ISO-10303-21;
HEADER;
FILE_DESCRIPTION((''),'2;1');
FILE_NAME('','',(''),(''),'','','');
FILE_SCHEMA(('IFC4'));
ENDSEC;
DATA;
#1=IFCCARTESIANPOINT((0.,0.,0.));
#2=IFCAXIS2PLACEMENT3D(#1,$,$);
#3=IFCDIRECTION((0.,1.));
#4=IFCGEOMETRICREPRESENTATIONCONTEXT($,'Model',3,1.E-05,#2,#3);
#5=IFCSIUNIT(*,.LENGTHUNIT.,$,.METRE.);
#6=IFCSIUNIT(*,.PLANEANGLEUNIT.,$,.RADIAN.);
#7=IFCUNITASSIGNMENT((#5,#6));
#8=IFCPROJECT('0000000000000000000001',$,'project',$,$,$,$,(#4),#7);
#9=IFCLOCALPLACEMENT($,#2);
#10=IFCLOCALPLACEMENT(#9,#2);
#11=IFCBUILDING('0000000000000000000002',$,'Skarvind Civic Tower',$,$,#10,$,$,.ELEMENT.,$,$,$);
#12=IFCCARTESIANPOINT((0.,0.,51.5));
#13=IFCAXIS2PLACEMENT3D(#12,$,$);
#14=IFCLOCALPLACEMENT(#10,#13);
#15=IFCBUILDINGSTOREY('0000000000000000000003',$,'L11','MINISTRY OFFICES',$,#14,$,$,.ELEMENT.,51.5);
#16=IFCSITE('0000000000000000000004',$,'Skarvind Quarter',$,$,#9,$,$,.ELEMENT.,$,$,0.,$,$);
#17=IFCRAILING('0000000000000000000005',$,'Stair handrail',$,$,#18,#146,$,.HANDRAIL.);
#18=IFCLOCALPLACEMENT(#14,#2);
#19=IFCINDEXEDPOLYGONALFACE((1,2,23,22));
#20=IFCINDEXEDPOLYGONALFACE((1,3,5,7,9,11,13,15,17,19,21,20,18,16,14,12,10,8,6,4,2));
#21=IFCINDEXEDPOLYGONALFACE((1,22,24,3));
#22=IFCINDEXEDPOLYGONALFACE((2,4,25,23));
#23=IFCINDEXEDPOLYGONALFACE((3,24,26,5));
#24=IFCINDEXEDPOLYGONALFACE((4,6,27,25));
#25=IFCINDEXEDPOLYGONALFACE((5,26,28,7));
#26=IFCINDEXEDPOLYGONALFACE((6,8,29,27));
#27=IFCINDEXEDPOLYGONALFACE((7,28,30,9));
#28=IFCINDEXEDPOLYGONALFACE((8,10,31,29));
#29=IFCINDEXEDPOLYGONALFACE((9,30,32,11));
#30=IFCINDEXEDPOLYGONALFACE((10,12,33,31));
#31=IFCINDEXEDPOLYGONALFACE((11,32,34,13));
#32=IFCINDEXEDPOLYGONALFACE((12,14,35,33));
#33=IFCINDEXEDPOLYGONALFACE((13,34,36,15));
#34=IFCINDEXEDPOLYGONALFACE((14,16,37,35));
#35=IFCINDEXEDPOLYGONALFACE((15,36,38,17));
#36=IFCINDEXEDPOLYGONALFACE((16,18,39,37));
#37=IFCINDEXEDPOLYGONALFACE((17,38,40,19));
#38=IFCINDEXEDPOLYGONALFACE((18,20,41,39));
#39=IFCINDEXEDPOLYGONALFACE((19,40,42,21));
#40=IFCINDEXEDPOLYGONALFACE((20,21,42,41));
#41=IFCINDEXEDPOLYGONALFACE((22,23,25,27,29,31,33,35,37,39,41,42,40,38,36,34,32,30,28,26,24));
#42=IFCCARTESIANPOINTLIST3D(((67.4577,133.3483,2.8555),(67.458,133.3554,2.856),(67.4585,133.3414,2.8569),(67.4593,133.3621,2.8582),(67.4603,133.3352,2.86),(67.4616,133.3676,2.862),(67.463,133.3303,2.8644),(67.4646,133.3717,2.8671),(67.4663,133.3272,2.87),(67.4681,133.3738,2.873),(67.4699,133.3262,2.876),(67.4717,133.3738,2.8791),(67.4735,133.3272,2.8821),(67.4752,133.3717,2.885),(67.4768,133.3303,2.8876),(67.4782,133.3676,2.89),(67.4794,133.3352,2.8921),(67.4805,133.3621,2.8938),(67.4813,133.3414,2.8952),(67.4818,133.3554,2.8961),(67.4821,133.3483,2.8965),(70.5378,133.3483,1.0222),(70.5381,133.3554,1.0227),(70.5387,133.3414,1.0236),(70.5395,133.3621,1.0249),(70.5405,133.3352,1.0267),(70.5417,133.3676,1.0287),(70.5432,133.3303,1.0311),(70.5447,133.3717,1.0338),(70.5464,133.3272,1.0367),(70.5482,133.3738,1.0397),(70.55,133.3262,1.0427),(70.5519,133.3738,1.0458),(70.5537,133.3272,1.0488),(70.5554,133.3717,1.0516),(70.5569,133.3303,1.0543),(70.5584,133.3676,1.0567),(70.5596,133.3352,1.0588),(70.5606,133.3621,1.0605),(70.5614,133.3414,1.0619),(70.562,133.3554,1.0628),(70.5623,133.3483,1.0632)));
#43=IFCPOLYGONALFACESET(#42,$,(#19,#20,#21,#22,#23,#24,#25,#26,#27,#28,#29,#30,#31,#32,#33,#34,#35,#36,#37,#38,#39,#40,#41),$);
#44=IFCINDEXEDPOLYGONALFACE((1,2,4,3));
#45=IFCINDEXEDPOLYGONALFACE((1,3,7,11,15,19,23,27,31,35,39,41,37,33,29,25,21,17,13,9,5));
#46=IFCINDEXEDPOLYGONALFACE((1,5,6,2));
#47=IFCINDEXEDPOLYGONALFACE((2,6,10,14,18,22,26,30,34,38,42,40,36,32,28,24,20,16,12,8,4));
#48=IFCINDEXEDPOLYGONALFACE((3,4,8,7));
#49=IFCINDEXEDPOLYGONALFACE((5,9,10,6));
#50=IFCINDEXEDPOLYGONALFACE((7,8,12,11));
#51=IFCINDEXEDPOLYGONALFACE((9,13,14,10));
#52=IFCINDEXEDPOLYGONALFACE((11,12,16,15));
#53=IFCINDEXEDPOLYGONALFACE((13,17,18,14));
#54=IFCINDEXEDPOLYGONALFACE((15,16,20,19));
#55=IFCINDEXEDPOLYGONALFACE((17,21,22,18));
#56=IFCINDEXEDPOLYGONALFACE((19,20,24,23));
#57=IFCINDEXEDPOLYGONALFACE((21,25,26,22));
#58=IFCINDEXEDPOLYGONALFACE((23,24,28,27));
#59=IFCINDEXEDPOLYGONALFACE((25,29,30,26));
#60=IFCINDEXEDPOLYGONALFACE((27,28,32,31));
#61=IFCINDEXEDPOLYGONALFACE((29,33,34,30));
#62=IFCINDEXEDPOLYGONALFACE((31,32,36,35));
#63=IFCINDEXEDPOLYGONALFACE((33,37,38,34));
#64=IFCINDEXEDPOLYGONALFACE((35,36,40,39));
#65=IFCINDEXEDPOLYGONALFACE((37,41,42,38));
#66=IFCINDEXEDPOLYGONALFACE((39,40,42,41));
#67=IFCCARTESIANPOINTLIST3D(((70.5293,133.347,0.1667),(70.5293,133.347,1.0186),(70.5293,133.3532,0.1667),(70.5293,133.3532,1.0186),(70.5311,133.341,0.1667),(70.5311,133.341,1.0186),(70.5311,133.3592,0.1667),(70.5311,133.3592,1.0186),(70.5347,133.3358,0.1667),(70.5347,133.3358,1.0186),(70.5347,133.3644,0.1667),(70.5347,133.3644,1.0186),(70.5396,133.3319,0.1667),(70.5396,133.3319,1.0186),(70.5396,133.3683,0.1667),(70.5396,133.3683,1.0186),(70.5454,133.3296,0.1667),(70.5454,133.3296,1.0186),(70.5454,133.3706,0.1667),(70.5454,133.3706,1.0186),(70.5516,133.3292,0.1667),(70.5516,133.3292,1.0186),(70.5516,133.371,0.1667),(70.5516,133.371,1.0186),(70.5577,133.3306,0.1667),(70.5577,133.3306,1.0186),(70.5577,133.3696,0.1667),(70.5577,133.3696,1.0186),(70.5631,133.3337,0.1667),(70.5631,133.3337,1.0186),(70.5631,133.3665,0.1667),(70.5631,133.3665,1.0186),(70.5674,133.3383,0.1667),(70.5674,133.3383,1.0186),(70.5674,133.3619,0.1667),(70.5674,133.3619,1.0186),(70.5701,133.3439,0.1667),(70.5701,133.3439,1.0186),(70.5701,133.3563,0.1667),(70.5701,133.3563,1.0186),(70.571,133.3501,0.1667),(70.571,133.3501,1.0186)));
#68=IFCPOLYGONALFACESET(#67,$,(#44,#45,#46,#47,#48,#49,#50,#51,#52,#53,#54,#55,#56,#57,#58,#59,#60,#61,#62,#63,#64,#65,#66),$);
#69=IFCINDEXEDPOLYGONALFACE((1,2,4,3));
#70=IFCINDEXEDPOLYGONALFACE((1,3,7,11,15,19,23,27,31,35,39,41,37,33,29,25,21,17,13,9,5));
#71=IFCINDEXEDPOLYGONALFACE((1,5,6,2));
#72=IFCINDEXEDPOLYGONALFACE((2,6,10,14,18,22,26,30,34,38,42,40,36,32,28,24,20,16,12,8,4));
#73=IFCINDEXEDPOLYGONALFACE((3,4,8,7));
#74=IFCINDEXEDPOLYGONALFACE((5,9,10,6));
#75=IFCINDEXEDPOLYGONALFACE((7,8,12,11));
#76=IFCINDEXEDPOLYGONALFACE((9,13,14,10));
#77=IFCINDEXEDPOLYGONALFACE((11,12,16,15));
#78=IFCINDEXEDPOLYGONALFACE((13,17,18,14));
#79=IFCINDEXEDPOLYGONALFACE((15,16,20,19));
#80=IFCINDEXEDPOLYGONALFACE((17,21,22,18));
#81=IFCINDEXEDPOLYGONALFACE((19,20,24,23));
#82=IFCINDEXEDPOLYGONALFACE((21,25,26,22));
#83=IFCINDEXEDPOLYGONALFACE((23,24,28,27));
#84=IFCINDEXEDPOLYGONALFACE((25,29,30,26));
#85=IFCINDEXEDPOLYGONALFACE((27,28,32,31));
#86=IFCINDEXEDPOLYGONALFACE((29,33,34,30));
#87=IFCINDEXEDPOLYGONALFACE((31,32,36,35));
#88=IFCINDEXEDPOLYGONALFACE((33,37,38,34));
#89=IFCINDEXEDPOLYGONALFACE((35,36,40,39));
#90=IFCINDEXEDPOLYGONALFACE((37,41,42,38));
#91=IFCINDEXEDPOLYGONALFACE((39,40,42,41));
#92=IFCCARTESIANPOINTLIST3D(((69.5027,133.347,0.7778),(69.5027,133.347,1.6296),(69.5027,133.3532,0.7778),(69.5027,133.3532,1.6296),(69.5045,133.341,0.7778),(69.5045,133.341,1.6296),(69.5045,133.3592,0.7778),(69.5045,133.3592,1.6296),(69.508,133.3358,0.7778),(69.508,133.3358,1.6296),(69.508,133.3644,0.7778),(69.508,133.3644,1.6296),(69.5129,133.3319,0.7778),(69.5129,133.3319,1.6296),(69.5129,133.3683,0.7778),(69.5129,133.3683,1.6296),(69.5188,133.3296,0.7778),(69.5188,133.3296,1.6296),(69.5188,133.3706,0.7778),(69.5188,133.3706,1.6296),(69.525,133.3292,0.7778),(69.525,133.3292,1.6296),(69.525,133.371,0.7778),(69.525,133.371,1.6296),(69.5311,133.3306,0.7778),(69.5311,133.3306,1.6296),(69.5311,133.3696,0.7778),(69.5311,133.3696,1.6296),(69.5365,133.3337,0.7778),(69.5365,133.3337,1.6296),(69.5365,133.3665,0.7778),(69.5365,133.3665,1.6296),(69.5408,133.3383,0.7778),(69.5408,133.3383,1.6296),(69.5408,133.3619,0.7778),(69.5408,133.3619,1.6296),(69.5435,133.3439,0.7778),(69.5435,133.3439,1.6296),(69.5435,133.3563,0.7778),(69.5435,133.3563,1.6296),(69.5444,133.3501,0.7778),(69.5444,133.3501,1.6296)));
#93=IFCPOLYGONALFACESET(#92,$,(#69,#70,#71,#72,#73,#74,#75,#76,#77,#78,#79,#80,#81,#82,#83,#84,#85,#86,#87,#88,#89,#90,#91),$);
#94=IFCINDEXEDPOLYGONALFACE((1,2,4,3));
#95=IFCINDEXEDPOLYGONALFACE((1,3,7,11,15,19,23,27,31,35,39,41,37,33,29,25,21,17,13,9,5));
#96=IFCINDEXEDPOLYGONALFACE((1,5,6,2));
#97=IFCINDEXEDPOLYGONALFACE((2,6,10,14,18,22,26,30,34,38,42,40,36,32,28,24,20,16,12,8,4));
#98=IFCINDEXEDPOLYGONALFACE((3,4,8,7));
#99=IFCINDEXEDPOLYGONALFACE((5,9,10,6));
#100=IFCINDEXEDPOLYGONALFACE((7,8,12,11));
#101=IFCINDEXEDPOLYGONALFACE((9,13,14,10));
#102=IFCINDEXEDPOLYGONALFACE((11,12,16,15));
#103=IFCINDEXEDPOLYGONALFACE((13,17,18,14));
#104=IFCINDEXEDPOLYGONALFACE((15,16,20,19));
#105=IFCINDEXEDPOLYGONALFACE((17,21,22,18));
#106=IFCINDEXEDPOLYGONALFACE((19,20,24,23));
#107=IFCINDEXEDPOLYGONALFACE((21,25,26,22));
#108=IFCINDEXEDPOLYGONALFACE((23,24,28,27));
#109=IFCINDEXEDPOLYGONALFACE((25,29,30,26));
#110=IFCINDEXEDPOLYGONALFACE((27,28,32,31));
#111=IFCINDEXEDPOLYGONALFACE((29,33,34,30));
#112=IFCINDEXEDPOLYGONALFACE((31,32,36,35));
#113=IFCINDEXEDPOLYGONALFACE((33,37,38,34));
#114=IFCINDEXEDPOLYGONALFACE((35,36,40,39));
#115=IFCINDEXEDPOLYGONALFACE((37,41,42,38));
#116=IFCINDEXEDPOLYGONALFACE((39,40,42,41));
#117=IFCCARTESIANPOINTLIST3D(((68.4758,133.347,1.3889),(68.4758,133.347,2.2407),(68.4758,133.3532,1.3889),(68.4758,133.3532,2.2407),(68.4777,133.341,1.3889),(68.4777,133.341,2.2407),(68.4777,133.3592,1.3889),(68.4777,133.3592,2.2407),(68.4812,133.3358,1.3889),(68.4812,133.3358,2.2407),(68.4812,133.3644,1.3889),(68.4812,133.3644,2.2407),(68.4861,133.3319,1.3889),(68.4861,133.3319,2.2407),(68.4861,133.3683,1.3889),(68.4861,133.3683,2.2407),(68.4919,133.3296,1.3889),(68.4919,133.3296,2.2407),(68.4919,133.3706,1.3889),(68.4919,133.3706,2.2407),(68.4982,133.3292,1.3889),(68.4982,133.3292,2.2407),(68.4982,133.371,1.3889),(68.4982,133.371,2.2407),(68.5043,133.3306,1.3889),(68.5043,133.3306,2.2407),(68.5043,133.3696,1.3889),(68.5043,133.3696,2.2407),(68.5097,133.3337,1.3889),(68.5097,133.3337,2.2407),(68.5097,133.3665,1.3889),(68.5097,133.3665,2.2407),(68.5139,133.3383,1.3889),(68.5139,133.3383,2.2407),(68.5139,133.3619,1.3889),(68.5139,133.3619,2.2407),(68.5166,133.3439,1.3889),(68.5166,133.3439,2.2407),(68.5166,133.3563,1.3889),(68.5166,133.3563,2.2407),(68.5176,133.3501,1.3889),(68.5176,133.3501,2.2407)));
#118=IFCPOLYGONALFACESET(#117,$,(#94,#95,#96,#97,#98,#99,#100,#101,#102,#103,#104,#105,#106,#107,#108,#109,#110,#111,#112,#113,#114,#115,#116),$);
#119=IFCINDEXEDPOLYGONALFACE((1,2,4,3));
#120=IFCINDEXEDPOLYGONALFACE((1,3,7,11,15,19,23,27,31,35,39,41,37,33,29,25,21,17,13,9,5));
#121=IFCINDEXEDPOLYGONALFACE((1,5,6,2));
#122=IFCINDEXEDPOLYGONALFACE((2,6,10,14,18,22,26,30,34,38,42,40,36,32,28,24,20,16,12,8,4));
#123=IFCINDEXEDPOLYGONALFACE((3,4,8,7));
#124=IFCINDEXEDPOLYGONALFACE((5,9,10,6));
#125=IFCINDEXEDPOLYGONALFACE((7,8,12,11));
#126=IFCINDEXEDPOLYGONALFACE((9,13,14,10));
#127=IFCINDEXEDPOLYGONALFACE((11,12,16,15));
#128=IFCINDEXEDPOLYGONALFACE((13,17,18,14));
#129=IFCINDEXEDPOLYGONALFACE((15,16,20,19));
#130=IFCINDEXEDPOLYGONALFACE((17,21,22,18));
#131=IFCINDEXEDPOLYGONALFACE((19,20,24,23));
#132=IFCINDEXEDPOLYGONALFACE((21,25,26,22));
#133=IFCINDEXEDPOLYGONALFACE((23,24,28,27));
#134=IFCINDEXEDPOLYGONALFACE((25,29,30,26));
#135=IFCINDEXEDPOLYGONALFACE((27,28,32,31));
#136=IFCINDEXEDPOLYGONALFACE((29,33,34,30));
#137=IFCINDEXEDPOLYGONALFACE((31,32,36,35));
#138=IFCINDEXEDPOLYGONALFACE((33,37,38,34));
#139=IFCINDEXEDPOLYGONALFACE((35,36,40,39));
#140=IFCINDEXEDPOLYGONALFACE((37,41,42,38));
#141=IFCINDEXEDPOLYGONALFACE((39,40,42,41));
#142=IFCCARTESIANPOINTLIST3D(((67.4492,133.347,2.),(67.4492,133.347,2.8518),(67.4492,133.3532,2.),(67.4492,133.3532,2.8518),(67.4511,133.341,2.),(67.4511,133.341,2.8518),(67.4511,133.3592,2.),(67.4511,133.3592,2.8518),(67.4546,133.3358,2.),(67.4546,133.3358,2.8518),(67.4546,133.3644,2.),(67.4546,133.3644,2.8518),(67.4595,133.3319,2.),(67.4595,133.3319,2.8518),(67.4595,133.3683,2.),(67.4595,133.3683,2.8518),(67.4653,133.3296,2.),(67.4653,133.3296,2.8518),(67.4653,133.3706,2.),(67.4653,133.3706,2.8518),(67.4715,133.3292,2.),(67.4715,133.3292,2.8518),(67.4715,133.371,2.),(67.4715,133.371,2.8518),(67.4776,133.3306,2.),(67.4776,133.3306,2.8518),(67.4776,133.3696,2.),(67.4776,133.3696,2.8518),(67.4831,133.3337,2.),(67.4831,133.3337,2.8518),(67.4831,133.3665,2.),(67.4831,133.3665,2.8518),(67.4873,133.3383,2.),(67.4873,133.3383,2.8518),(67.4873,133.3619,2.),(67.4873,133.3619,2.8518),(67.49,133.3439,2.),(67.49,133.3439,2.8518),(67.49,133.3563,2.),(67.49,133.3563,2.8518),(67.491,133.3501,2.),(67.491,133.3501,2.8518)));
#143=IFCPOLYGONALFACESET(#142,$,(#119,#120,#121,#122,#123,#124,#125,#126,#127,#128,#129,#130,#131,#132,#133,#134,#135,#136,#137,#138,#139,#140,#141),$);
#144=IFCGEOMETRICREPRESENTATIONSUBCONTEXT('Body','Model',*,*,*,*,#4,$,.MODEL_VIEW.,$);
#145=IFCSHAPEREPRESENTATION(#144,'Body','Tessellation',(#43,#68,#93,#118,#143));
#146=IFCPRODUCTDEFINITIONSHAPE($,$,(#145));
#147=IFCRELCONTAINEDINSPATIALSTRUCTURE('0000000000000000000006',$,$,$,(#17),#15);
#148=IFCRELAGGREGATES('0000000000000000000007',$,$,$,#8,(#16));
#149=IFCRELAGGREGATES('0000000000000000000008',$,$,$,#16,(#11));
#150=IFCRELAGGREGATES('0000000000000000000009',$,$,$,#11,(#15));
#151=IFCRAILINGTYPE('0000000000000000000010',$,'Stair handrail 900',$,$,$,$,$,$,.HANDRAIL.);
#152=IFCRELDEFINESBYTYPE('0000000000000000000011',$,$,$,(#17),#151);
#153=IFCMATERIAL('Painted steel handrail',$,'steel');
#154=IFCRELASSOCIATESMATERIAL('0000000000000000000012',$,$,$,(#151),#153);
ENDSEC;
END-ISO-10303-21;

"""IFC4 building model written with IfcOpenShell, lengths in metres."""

from ifc_helpers import new_model, si_unit, direction, frame, origin, origin_2d, place, context, subcontext, project, spatial, circle, extrude, material, type_object, element, save


model = new_model("IFC4")

# Units and contexts
model_context = context("Model", 3, precision=1e-05, world=origin(), true_north=direction((0.0, 1.0)))
body_context = subcontext(model_context, "Body", "Model", "MODEL_VIEW")
ifc_project = project(units=[si_unit("LENGTHUNIT", "METRE"), si_unit("PLANEANGLEUNIT", "RADIAN")], contexts=[model_context])

# Site, building, storey
site_placement = place(None, origin())
site = spatial("IfcSite", under=ifc_project, at=site_placement, Name="Skarvind Quarter", CompositionType="ELEMENT", RefElevation=0.0)
building_placement = place(site_placement, origin())
building = spatial("IfcBuilding", under=site, at=building_placement, Name="Skarvind Civic Tower", CompositionType="ELEMENT")
storey_placement = place(building_placement, frame((0.0, 0.0, 51.5)))
storey = spatial("IfcBuildingStorey", under=building, at=storey_placement, Name="L11", Description="MINISTRY OFFICES", CompositionType="ELEMENT", Elevation=51.5)

# Railing
ifc_material_1 = material(Name="Painted steel handrail", Category="steel")
railing_type = type_object("IfcRailingType", Name="Stair handrail 900", PredefinedType="HANDRAIL", material=ifc_material_1)
railing_1_placement = place(storey_placement, frame((70.55, 133.3501, 0.1667)))
element("IfcRailing", 1, at=railing_1_placement, inside=storey, type_object=railing_type, Name="Stair handrail", PredefinedType="HANDRAIL", context=body_context, shape_type="SweptSolid", body=[
    extrude(circle(Radius=0.0239, at=origin_2d()), frame((0.0, 0.0, 0.876), z_axis=(-0.859309, 0.0, 0.511458), x_axis=(0.0, -1.0, 0.0)), (0.0, 0.0, 1.0), 3.5845),
    extrude(circle(Radius=0.021, at=origin_2d()), origin(), (0.0, 0.0, 1.0), 0.8518),
    extrude(circle(Radius=0.021, at=origin_2d()), frame((-1.0266, 0.0, 0.6111)), (0.0, 0.0, 1.0), 0.8518),
    extrude(circle(Radius=0.021, at=origin_2d()), frame((-2.0535, 0.0, 1.2222)), (0.0, 0.0, 1.0), 0.8518),
    extrude(circle(Radius=0.021, at=origin_2d()), frame((-3.0801, 0.0, 1.8333)), (0.0, 0.0, 1.0), 0.8518),
])

save(model, "model.ifc")
